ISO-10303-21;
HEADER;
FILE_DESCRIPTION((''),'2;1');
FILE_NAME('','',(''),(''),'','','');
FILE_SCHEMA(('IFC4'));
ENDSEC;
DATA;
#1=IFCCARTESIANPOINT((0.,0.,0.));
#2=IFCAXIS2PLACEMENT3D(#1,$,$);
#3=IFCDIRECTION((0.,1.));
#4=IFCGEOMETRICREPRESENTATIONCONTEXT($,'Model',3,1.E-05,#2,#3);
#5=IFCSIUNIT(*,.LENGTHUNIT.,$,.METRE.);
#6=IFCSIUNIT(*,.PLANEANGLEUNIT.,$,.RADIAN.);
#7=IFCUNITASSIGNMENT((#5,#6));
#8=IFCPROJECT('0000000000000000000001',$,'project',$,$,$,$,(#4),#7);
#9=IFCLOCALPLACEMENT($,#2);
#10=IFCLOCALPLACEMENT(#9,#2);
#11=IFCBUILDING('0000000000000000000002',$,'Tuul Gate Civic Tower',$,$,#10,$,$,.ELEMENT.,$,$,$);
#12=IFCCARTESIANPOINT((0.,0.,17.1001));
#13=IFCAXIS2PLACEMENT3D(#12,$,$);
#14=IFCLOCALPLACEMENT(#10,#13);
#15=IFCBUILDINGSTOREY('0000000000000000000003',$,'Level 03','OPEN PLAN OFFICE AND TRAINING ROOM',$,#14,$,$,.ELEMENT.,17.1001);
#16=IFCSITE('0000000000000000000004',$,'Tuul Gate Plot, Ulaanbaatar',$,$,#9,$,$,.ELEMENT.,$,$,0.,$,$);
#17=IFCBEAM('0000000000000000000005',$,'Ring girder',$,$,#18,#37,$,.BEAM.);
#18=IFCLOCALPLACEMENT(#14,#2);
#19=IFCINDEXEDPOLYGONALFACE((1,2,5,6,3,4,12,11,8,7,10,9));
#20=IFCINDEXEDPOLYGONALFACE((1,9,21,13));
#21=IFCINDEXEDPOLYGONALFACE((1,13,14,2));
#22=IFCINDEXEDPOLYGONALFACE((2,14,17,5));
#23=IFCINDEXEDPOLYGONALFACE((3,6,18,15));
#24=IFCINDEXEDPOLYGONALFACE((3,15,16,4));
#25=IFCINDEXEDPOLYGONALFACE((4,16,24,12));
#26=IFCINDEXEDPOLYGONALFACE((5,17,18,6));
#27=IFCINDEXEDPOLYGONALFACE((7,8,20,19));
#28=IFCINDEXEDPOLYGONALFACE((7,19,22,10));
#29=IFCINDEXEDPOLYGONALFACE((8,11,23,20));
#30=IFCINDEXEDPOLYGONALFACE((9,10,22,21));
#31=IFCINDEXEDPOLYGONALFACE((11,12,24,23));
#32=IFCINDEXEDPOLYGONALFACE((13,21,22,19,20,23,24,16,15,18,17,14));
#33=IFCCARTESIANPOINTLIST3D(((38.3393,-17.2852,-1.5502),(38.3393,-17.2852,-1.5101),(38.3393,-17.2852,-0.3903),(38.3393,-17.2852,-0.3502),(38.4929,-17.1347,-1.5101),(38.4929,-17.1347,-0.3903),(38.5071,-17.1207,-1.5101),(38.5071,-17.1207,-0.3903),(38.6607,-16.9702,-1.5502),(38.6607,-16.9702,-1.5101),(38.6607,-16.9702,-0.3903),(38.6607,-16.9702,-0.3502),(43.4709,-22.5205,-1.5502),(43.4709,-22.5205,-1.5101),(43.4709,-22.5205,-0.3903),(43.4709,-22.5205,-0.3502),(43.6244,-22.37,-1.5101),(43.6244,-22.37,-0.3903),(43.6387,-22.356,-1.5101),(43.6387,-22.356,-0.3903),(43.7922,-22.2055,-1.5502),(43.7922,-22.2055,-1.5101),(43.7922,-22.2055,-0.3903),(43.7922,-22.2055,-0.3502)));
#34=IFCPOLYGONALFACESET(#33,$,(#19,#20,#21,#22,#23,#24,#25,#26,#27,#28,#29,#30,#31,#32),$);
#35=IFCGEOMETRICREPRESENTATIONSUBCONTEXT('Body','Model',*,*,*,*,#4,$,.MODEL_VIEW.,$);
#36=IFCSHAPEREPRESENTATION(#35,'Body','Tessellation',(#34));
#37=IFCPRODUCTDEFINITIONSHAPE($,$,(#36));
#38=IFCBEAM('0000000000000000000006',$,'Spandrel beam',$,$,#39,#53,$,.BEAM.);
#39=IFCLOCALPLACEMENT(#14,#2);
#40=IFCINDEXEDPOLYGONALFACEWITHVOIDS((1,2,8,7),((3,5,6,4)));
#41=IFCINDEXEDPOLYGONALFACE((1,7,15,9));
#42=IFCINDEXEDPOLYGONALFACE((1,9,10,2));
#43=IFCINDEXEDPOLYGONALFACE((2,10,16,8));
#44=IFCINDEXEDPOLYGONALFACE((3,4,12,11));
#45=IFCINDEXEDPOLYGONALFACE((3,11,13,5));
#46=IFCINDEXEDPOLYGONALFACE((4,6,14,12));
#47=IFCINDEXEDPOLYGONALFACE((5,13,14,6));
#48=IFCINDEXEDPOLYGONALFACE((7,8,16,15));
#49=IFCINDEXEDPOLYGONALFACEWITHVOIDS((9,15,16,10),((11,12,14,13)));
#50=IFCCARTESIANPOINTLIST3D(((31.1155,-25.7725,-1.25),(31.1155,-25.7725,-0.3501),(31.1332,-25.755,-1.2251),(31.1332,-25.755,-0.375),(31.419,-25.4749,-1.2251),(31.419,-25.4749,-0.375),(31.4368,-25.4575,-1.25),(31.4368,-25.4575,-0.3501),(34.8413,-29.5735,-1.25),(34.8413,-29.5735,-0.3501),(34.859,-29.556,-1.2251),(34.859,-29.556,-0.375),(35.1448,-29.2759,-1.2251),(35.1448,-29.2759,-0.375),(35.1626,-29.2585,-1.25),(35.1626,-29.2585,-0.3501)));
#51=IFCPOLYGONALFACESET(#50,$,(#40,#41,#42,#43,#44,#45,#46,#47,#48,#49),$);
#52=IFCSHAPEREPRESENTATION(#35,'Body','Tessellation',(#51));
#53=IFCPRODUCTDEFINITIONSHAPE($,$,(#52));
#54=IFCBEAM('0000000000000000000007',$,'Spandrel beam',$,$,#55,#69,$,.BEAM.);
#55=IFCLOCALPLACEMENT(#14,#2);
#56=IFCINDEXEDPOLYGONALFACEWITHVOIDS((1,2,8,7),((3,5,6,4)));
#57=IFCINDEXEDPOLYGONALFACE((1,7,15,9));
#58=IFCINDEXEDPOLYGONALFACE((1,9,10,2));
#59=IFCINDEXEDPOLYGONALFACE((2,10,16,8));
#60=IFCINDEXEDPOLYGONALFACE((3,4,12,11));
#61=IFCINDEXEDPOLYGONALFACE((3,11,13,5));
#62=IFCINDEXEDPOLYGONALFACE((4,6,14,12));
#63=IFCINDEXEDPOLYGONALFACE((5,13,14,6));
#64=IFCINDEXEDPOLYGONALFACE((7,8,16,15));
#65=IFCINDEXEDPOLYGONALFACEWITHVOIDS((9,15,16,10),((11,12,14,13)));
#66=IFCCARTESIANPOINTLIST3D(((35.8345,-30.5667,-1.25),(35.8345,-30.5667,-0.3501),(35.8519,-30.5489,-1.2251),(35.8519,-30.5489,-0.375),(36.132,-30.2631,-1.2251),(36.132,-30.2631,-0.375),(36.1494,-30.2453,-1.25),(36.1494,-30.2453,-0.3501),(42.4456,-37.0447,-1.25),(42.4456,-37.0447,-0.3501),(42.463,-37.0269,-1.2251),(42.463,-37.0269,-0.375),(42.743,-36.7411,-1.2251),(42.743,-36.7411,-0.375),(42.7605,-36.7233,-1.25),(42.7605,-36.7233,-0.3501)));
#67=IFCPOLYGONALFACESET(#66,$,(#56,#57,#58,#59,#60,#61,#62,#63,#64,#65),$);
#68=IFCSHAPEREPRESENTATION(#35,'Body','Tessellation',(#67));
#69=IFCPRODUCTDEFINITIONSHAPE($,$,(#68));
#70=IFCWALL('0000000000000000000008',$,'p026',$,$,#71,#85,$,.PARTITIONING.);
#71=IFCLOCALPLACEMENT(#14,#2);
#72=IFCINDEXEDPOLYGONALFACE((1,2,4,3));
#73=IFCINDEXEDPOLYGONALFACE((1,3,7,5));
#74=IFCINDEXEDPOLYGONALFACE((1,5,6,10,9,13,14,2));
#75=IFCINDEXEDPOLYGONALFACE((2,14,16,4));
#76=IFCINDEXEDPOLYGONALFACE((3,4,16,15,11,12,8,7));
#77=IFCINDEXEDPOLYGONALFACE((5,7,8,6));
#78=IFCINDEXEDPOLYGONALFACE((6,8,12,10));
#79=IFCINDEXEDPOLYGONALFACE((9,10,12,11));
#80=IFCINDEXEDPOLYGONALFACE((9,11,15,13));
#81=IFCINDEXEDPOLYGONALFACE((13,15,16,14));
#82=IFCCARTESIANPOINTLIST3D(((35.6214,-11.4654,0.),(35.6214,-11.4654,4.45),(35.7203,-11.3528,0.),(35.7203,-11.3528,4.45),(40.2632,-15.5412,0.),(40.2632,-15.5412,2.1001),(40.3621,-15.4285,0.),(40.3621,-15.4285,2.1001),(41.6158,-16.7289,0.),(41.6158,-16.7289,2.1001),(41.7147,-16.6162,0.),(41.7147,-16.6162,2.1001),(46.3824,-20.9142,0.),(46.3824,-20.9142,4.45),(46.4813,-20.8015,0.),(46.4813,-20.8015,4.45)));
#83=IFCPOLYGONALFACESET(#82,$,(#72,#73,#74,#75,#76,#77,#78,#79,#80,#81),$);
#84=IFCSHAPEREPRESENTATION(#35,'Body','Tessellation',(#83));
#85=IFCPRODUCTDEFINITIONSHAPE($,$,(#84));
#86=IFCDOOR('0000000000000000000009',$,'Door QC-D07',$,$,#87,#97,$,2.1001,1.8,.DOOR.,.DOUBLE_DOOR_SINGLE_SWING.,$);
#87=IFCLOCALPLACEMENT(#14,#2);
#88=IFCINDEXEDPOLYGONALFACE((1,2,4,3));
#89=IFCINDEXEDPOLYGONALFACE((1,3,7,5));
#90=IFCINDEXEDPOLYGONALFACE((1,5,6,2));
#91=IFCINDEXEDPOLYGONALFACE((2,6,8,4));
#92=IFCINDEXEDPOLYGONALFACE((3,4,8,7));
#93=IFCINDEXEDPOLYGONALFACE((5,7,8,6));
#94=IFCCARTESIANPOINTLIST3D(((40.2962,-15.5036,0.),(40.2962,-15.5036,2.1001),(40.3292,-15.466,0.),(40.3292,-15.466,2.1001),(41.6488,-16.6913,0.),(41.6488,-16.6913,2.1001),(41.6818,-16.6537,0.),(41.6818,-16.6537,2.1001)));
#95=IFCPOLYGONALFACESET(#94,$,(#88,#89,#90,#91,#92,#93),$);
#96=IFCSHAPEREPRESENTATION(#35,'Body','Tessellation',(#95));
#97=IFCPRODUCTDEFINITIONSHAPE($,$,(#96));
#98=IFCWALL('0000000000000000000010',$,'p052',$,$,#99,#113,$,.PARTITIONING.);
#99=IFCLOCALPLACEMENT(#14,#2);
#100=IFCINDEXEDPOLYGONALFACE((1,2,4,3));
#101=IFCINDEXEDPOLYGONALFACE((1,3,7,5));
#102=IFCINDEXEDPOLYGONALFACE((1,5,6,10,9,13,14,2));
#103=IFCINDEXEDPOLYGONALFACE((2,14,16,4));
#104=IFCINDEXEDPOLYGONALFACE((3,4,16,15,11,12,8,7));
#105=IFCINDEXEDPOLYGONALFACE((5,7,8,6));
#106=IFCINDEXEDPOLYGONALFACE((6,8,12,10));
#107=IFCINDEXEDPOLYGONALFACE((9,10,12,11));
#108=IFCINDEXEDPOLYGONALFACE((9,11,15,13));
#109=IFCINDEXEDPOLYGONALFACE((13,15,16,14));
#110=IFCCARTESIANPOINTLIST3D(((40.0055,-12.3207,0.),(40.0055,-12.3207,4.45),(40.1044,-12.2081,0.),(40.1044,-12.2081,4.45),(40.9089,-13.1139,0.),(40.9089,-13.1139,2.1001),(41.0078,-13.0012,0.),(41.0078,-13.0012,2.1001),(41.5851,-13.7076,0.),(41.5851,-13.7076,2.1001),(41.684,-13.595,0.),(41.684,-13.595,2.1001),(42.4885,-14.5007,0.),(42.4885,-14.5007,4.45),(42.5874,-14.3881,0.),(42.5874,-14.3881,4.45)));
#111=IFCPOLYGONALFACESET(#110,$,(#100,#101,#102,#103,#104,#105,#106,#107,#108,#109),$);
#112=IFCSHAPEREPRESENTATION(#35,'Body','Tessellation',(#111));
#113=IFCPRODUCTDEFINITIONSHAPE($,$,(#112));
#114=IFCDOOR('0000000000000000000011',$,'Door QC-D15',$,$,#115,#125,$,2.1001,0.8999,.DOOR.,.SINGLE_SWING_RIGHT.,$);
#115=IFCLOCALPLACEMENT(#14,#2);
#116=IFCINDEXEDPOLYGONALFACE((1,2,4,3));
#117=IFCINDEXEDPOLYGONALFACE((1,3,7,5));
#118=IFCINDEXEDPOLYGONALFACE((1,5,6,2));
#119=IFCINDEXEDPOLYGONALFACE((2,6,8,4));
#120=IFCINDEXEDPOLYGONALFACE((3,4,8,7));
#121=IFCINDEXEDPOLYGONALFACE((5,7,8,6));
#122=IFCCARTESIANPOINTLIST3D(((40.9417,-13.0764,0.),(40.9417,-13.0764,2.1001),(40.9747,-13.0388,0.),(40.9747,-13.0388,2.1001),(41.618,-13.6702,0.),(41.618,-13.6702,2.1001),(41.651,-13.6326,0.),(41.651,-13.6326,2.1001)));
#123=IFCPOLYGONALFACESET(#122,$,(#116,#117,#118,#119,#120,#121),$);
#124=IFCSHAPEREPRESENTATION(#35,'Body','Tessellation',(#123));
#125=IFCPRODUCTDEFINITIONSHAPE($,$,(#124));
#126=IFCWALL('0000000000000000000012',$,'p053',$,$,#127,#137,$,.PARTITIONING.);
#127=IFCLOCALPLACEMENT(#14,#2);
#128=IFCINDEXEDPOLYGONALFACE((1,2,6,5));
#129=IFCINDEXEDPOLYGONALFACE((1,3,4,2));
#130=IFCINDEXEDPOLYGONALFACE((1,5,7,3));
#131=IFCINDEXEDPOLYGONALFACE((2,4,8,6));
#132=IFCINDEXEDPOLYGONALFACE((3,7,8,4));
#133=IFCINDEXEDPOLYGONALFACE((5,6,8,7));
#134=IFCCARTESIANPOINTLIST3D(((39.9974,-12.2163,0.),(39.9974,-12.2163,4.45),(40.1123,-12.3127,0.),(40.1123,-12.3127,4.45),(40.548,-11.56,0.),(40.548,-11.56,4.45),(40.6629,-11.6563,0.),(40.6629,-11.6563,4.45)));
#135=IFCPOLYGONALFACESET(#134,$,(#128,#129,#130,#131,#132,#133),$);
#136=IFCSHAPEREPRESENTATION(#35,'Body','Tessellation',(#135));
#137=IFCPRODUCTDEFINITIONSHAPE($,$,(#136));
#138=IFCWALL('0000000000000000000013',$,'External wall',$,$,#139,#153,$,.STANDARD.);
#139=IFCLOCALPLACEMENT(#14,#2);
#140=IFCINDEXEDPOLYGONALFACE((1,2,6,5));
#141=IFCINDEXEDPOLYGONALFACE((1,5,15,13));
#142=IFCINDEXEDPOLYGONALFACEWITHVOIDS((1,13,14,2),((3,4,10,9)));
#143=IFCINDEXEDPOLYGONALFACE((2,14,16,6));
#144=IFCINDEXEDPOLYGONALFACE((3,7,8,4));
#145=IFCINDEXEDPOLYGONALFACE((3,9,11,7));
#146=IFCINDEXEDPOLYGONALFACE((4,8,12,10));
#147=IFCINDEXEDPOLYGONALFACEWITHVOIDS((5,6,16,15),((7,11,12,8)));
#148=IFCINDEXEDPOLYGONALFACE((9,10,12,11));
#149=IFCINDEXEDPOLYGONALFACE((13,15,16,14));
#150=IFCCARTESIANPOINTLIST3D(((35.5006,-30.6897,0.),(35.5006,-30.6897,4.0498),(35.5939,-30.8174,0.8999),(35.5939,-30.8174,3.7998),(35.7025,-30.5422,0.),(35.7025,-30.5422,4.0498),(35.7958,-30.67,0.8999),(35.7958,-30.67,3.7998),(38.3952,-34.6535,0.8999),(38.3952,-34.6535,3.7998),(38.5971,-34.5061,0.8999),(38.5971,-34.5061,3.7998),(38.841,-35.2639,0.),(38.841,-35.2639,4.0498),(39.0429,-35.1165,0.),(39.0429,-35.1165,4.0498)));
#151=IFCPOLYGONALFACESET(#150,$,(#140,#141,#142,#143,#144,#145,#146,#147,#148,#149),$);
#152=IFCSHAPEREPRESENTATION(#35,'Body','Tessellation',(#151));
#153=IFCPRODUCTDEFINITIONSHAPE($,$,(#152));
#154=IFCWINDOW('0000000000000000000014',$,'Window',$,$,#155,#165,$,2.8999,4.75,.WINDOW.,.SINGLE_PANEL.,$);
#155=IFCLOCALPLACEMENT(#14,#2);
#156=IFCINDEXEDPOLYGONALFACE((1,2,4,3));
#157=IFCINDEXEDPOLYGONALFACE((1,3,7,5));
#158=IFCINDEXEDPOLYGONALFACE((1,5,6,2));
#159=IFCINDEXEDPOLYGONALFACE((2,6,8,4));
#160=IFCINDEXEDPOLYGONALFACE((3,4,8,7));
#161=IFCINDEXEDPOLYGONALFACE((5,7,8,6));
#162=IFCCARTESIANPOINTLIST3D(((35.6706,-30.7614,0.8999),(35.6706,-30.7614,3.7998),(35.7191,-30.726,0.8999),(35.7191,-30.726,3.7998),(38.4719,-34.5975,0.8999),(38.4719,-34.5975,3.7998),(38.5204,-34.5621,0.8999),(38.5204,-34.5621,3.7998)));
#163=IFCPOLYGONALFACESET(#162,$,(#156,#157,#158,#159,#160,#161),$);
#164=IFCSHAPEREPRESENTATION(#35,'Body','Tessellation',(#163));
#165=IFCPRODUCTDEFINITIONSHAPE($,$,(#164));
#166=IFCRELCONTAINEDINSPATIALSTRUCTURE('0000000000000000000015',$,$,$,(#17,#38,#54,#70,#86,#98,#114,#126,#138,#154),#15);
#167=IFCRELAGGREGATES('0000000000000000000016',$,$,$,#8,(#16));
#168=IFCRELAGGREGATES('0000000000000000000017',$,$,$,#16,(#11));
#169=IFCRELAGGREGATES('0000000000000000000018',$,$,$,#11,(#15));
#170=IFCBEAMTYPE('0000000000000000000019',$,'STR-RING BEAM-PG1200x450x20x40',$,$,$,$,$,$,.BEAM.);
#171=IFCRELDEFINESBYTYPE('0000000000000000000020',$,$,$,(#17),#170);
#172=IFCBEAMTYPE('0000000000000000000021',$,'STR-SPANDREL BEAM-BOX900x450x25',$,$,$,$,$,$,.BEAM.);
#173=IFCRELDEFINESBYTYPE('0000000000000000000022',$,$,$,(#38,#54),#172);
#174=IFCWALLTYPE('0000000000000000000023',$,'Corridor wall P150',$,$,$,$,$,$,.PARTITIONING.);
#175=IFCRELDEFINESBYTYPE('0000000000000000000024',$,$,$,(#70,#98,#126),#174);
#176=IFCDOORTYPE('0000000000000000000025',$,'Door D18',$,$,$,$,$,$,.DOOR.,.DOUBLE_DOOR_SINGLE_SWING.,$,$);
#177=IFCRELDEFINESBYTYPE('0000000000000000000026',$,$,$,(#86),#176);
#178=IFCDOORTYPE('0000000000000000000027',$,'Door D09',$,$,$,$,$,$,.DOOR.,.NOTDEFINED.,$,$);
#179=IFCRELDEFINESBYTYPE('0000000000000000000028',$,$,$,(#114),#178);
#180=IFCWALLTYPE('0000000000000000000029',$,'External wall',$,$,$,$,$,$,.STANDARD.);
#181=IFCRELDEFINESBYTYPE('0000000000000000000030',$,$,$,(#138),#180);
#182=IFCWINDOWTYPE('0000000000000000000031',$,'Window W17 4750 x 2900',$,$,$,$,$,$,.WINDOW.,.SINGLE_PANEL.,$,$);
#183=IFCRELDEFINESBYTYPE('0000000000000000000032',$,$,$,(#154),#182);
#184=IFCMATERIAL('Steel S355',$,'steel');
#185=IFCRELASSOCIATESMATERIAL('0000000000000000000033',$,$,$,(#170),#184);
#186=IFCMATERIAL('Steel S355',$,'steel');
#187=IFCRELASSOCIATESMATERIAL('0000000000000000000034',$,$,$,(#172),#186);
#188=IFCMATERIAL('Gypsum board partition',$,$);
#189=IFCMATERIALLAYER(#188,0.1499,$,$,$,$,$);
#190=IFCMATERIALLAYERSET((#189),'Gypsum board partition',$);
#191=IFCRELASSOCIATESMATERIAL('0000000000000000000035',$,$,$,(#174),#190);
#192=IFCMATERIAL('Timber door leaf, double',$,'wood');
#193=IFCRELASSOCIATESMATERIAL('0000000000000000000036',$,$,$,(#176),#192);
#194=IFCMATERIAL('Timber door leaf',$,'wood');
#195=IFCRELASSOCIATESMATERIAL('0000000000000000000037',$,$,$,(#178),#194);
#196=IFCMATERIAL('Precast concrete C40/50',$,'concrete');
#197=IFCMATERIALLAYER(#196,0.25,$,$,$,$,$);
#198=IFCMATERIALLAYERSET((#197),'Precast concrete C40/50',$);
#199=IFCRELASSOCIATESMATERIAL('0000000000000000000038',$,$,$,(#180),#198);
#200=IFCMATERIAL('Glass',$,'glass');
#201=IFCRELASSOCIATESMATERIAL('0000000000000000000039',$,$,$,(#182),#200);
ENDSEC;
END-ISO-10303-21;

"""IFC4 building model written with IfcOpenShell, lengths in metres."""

from ifc_helpers import new_model, si_unit, direction, frame, frame_2d, origin, origin_2d, place, context, subcontext, project, spatial, rectangle, hollow_rectangle, i_section, extrude, material, layer, layer_set, material_profile, profile_set, type_object, element, fill, save


model = new_model("IFC4")

# Units and contexts
model_context = context("Model", 3, precision=1e-05, world=origin(), true_north=direction((0.0, 1.0)))
body_context = subcontext(model_context, "Body", "Model", "MODEL_VIEW")
ifc_project = project(units=[si_unit("LENGTHUNIT", "METRE"), si_unit("PLANEANGLEUNIT", "RADIAN")], contexts=[model_context])

# Site, building, storey
site_placement = place(None, origin())
site = spatial("IfcSite", under=ifc_project, at=site_placement, Name="Tuul Gate Plot, Ulaanbaatar", CompositionType="ELEMENT", RefElevation=0.0)
building_placement = place(site_placement, origin())
building = spatial("IfcBuilding", under=site, at=building_placement, Name="Tuul Gate Civic Tower", CompositionType="ELEMENT")
storey_placement = place(building_placement, frame((0.0, 0.0, 17.1001)))
storey = spatial("IfcBuildingStorey", under=building, at=storey_placement, Name="Level 03", Description="OPEN PLAN OFFICE AND TRAINING ROOM", CompositionType="ELEMENT", Elevation=17.1001)

# Beams
ifc_material_1 = material(Name="Steel S355", Category="steel")
ifc_material_profile_1 = material_profile(ifc_material_1, i_section(OverallWidth=0.45, OverallDepth=1.2, WebThickness=0.02, FlangeThickness=0.04, at=origin_2d()), Name="PG1200x450x20x40")
ifc_profile_set_1 = profile_set([ifc_material_profile_1], Name="Steel S355")
beam_type_1 = type_object("IfcBeamType", Name="STR-RING BEAM-PG1200x450x20x40", PredefinedType="BEAM", material=ifc_profile_set_1)
beam_1_placement = place(storey_placement, frame((38.5, -17.1277, -0.9502), z_axis=(0.699994, -0.714148, 0.0), x_axis=(0.714148, 0.699994, 0.0)))
element("IfcBeam", 1, at=beam_1_placement, inside=storey, type_object=beam_type_1, Name="Ring girder", PredefinedType="BEAM", context=body_context, shape_type="SweptSolid", body=[
    extrude(i_section(OverallWidth=0.45, OverallDepth=1.2, WebThickness=0.02, FlangeThickness=0.04, at=origin_2d()), origin(), (0.0, 0.0, 1.0), 7.3308),
])
ifc_material_2 = material(Name="Steel S355", Category="steel")
ifc_material_profile_2 = material_profile(ifc_material_2, hollow_rectangle(XDim=0.45, YDim=0.8999, WallThickness=0.0249, at=origin_2d()), Name="BOX900x450x25")
ifc_profile_set_2 = profile_set([ifc_material_profile_2], Name="Steel S355")
beam_type_2 = type_object("IfcBeamType", Name="STR-SPANDREL BEAM-BOX900x450x25", PredefinedType="BEAM", material=ifc_profile_set_2)
beam_2_placement = place(storey_placement, frame((31.2761, -25.615, -0.8), z_axis=(0.700008, -0.714135, 0.0), x_axis=(0.714135, 0.700008, 0.0)))
element("IfcBeam", 2, at=beam_2_placement, inside=storey, type_object=beam_type_2, Name="Spandrel beam", PredefinedType="BEAM", context=body_context, shape_type="SweptSolid", body=[
    extrude(hollow_rectangle(XDim=0.45, YDim=0.8999, WallThickness=0.0249, at=origin_2d()), origin(), (0.0, 0.0, 1.0), 5.3225),
])
beam_3_placement = place(storey_placement, frame((35.9919, -30.406, -0.8), z_axis=(0.714258, -0.699883, 0.0), x_axis=(0.699883, 0.714258, 0.0)))
element("IfcBeam", 3, at=beam_3_placement, inside=storey, type_object=beam_type_2, Name="Spandrel beam", PredefinedType="BEAM", context=body_context, shape_type="SweptSolid", body=[
    extrude(hollow_rectangle(XDim=0.45, YDim=0.8999, WallThickness=0.0249, at=origin_2d()), origin(), (0.0, 0.0, 1.0), 9.2559),
])

# Walls, openings, doors
ifc_material_3 = material(Name="Gypsum board partition")
ifc_layer_1 = layer(ifc_material_3, 0.1499)
ifc_layer_set_1 = layer_set([ifc_layer_1], Name="Gypsum board partition")
wall_type_1 = type_object("IfcWallType", Name="Corridor wall P150", PredefinedType="PARTITIONING", material=ifc_layer_set_1)
wall_1_placement = place(storey_placement, frame((35.6709, -11.4092, 0.0), z_axis=(0.0, 0.0, 1.0), x_axis=(0.751438, -0.659804, 0.0)))
wall_1 = element("IfcWall", 4, at=wall_1_placement, inside=storey, type_object=wall_type_1, Name="p026", PredefinedType="PARTITIONING", context=body_context, shape_type="SweptSolid", body=[
    extrude(rectangle(XDim=14.3206, YDim=0.1499, at=frame_2d((7.1602, 0.0))), origin(), (0.0, 0.0, 1.0), 4.45),
])
opening_1_placement = place(wall_1_placement, frame((6.1772, 0.0, 0.0)))
opening_1 = element("IfcOpeningElement", 5, at=opening_1_placement, cuts=wall_1, PredefinedType="OPENING", context=body_context, shape_type="SweptSolid", body=[
    extrude(rectangle(XDim=1.8, YDim=2.1001, at=frame_2d((0.8999, 1.05))), frame((0.0, 0.085, 0.0), z_axis=(0.0, -1.0, 0.0), x_axis=(1.0, 0.0, 0.0)), (0.0, 0.0, 1.0), 0.1699),
])
ifc_material_4 = material(Name="Timber door leaf, double", Category="wood")
door_type_1 = type_object("IfcDoorType", Name="Door D18", OperationType="DOUBLE_DOOR_SINGLE_SWING", PredefinedType="DOOR", material=ifc_material_4)
door_1_placement = place(opening_1_placement, frame((1.8, 0.0, 0.0), z_axis=(0.0, 0.0, 1.0), x_axis=(-1.0, 0.0, 0.0)))
door_1 = element("IfcDoor", 6, at=door_1_placement, inside=storey, type_object=door_type_1, Name="Door QC-D07", OperationType="DOUBLE_DOOR_SINGLE_SWING", OverallHeight=2.1001, OverallWidth=1.8, PredefinedType="DOOR", context=body_context, shape_type="SweptSolid", body=[
    extrude(rectangle(XDim=1.8, YDim=2.1001, at=frame_2d((0.9001, 1.05))), frame((0.0, 0.0249, 0.0), z_axis=(0.0, -1.0, 0.0), x_axis=(1.0, 0.0, 0.0)), (0.0, 0.0, 1.0), 0.05),
])
fill(opening_1, door_1)
wall_2_placement = place(storey_placement, frame((40.0549, -12.2644, 0.0), z_axis=(0.0, 0.0, 1.0), x_axis=(0.751468, -0.65977, 0.0)))
wall_2 = element("IfcWall", 7, at=wall_2_placement, inside=storey, type_object=wall_type_1, Name="p052", PredefinedType="PARTITIONING", context=body_context, shape_type="SweptSolid", body=[
    extrude(rectangle(XDim=3.3042, YDim=0.1499, at=frame_2d((1.6521, 0.0))), origin(), (0.0, 0.0, 1.0), 4.45),
])
opening_2_placement = place(wall_2_placement, frame((1.2021, 0.0, 0.0)))
opening_2 = element("IfcOpeningElement", 8, at=opening_2_placement, cuts=wall_2, PredefinedType="OPENING", context=body_context, shape_type="SweptSolid", body=[
    extrude(rectangle(XDim=0.8999, YDim=2.1001, at=frame_2d((0.45, 1.05))), frame((0.0, 0.085, 0.0), z_axis=(0.0, -1.0, 0.0), x_axis=(1.0, 0.0, 0.0)), (0.0, 0.0, 1.0), 0.1699),
])
ifc_material_5 = material(Name="Timber door leaf", Category="wood")
door_type_2 = type_object("IfcDoorType", Name="Door D09", OperationType="NOTDEFINED", PredefinedType="DOOR", material=ifc_material_5)
door_2_placement = place(opening_2_placement, origin())
door_2 = element("IfcDoor", 9, at=door_2_placement, inside=storey, type_object=door_type_2, Name="Door QC-D15", OperationType="SINGLE_SWING_RIGHT", OverallHeight=2.1001, OverallWidth=0.8999, PredefinedType="DOOR", context=body_context, shape_type="SweptSolid", body=[
    extrude(rectangle(XDim=0.8999, YDim=2.1001, at=frame_2d((0.45, 1.05))), frame((0.0, 0.0249, 0.0), z_axis=(0.0, -1.0, 0.0), x_axis=(1.0, 0.0, 0.0)), (0.0, 0.0, 1.0), 0.05),
])
fill(opening_2, door_2)

# Wall
wall_3_placement = place(storey_placement, frame((40.0549, -12.2644, 0.0), z_axis=(0.0, 0.0, 1.0), x_axis=(0.642704, 0.766115, 0.0)))
element("IfcWall", 10, at=wall_3_placement, inside=storey, type_object=wall_type_1, Name="p053", PredefinedType="PARTITIONING", context=body_context, shape_type="SweptSolid", body=[
    extrude(rectangle(XDim=0.8567, YDim=0.1499, at=frame_2d((0.4282, 0.0))), origin(), (0.0, 0.0, 1.0), 4.45),
])

# Wall, opening, window
ifc_material_6 = material(Name="Precast concrete C40/50", Category="concrete")
ifc_layer_2 = layer(ifc_material_6, 0.25)
ifc_layer_set_2 = layer_set([ifc_layer_2], Name="Precast concrete C40/50")
wall_type_2 = type_object("IfcWallType", Name="External wall", PredefinedType="STANDARD", material=ifc_layer_set_2)
wall_4_placement = place(storey_placement, frame((35.6016, -30.616, 0.0), z_axis=(0.0, 0.0, 1.0), x_axis=(0.589744, -0.80759, 0.0)))
wall_4 = element("IfcWall", 11, at=wall_4_placement, inside=storey, type_object=wall_type_2, Name="External wall", PredefinedType="STANDARD", context=body_context, shape_type="SweptSolid", body=[
    extrude(rectangle(XDim=5.6641, YDim=0.25, at=frame_2d((2.832, 0.0))), origin(), (0.0, 0.0, 1.0), 4.0498),
])
opening_3_placement = place(wall_4_placement, frame((0.1582, 0.0, 0.8999)))
opening_3 = element("IfcOpeningElement", 12, at=opening_3_placement, cuts=wall_4, PredefinedType="OPENING", context=body_context, shape_type="SweptSolid", body=[
    extrude(rectangle(XDim=4.75, YDim=2.8999, at=frame_2d((2.375, 1.45))), frame((0.0, 0.135, 0.0), z_axis=(0.0, -1.0, 0.0), x_axis=(1.0, 0.0, 0.0)), (0.0, 0.0, 1.0), 0.27),
])
ifc_material_7 = material(Name="Glass", Category="glass")
window_type = type_object("IfcWindowType", Name="Window W17 4750 x 2900", PartitioningType="SINGLE_PANEL", PredefinedType="WINDOW", material=ifc_material_7)
window_placement = place(opening_3_placement, origin())
window = element("IfcWindow", 13, at=window_placement, inside=storey, type_object=window_type, Name="Window", OverallHeight=2.8999, OverallWidth=4.75, PartitioningType="SINGLE_PANEL", PredefinedType="WINDOW", context=body_context, shape_type="SweptSolid", body=[
    extrude(rectangle(XDim=4.75, YDim=2.8999, at=frame_2d((2.375, 1.45))), frame((0.0, 0.03, 0.0), z_axis=(0.0, -1.0, 0.0), x_axis=(1.0, 0.0, 0.0)), (0.0, 0.0, 1.0), 0.0601),
])
fill(opening_3, window)

save(model, "model.ifc")
